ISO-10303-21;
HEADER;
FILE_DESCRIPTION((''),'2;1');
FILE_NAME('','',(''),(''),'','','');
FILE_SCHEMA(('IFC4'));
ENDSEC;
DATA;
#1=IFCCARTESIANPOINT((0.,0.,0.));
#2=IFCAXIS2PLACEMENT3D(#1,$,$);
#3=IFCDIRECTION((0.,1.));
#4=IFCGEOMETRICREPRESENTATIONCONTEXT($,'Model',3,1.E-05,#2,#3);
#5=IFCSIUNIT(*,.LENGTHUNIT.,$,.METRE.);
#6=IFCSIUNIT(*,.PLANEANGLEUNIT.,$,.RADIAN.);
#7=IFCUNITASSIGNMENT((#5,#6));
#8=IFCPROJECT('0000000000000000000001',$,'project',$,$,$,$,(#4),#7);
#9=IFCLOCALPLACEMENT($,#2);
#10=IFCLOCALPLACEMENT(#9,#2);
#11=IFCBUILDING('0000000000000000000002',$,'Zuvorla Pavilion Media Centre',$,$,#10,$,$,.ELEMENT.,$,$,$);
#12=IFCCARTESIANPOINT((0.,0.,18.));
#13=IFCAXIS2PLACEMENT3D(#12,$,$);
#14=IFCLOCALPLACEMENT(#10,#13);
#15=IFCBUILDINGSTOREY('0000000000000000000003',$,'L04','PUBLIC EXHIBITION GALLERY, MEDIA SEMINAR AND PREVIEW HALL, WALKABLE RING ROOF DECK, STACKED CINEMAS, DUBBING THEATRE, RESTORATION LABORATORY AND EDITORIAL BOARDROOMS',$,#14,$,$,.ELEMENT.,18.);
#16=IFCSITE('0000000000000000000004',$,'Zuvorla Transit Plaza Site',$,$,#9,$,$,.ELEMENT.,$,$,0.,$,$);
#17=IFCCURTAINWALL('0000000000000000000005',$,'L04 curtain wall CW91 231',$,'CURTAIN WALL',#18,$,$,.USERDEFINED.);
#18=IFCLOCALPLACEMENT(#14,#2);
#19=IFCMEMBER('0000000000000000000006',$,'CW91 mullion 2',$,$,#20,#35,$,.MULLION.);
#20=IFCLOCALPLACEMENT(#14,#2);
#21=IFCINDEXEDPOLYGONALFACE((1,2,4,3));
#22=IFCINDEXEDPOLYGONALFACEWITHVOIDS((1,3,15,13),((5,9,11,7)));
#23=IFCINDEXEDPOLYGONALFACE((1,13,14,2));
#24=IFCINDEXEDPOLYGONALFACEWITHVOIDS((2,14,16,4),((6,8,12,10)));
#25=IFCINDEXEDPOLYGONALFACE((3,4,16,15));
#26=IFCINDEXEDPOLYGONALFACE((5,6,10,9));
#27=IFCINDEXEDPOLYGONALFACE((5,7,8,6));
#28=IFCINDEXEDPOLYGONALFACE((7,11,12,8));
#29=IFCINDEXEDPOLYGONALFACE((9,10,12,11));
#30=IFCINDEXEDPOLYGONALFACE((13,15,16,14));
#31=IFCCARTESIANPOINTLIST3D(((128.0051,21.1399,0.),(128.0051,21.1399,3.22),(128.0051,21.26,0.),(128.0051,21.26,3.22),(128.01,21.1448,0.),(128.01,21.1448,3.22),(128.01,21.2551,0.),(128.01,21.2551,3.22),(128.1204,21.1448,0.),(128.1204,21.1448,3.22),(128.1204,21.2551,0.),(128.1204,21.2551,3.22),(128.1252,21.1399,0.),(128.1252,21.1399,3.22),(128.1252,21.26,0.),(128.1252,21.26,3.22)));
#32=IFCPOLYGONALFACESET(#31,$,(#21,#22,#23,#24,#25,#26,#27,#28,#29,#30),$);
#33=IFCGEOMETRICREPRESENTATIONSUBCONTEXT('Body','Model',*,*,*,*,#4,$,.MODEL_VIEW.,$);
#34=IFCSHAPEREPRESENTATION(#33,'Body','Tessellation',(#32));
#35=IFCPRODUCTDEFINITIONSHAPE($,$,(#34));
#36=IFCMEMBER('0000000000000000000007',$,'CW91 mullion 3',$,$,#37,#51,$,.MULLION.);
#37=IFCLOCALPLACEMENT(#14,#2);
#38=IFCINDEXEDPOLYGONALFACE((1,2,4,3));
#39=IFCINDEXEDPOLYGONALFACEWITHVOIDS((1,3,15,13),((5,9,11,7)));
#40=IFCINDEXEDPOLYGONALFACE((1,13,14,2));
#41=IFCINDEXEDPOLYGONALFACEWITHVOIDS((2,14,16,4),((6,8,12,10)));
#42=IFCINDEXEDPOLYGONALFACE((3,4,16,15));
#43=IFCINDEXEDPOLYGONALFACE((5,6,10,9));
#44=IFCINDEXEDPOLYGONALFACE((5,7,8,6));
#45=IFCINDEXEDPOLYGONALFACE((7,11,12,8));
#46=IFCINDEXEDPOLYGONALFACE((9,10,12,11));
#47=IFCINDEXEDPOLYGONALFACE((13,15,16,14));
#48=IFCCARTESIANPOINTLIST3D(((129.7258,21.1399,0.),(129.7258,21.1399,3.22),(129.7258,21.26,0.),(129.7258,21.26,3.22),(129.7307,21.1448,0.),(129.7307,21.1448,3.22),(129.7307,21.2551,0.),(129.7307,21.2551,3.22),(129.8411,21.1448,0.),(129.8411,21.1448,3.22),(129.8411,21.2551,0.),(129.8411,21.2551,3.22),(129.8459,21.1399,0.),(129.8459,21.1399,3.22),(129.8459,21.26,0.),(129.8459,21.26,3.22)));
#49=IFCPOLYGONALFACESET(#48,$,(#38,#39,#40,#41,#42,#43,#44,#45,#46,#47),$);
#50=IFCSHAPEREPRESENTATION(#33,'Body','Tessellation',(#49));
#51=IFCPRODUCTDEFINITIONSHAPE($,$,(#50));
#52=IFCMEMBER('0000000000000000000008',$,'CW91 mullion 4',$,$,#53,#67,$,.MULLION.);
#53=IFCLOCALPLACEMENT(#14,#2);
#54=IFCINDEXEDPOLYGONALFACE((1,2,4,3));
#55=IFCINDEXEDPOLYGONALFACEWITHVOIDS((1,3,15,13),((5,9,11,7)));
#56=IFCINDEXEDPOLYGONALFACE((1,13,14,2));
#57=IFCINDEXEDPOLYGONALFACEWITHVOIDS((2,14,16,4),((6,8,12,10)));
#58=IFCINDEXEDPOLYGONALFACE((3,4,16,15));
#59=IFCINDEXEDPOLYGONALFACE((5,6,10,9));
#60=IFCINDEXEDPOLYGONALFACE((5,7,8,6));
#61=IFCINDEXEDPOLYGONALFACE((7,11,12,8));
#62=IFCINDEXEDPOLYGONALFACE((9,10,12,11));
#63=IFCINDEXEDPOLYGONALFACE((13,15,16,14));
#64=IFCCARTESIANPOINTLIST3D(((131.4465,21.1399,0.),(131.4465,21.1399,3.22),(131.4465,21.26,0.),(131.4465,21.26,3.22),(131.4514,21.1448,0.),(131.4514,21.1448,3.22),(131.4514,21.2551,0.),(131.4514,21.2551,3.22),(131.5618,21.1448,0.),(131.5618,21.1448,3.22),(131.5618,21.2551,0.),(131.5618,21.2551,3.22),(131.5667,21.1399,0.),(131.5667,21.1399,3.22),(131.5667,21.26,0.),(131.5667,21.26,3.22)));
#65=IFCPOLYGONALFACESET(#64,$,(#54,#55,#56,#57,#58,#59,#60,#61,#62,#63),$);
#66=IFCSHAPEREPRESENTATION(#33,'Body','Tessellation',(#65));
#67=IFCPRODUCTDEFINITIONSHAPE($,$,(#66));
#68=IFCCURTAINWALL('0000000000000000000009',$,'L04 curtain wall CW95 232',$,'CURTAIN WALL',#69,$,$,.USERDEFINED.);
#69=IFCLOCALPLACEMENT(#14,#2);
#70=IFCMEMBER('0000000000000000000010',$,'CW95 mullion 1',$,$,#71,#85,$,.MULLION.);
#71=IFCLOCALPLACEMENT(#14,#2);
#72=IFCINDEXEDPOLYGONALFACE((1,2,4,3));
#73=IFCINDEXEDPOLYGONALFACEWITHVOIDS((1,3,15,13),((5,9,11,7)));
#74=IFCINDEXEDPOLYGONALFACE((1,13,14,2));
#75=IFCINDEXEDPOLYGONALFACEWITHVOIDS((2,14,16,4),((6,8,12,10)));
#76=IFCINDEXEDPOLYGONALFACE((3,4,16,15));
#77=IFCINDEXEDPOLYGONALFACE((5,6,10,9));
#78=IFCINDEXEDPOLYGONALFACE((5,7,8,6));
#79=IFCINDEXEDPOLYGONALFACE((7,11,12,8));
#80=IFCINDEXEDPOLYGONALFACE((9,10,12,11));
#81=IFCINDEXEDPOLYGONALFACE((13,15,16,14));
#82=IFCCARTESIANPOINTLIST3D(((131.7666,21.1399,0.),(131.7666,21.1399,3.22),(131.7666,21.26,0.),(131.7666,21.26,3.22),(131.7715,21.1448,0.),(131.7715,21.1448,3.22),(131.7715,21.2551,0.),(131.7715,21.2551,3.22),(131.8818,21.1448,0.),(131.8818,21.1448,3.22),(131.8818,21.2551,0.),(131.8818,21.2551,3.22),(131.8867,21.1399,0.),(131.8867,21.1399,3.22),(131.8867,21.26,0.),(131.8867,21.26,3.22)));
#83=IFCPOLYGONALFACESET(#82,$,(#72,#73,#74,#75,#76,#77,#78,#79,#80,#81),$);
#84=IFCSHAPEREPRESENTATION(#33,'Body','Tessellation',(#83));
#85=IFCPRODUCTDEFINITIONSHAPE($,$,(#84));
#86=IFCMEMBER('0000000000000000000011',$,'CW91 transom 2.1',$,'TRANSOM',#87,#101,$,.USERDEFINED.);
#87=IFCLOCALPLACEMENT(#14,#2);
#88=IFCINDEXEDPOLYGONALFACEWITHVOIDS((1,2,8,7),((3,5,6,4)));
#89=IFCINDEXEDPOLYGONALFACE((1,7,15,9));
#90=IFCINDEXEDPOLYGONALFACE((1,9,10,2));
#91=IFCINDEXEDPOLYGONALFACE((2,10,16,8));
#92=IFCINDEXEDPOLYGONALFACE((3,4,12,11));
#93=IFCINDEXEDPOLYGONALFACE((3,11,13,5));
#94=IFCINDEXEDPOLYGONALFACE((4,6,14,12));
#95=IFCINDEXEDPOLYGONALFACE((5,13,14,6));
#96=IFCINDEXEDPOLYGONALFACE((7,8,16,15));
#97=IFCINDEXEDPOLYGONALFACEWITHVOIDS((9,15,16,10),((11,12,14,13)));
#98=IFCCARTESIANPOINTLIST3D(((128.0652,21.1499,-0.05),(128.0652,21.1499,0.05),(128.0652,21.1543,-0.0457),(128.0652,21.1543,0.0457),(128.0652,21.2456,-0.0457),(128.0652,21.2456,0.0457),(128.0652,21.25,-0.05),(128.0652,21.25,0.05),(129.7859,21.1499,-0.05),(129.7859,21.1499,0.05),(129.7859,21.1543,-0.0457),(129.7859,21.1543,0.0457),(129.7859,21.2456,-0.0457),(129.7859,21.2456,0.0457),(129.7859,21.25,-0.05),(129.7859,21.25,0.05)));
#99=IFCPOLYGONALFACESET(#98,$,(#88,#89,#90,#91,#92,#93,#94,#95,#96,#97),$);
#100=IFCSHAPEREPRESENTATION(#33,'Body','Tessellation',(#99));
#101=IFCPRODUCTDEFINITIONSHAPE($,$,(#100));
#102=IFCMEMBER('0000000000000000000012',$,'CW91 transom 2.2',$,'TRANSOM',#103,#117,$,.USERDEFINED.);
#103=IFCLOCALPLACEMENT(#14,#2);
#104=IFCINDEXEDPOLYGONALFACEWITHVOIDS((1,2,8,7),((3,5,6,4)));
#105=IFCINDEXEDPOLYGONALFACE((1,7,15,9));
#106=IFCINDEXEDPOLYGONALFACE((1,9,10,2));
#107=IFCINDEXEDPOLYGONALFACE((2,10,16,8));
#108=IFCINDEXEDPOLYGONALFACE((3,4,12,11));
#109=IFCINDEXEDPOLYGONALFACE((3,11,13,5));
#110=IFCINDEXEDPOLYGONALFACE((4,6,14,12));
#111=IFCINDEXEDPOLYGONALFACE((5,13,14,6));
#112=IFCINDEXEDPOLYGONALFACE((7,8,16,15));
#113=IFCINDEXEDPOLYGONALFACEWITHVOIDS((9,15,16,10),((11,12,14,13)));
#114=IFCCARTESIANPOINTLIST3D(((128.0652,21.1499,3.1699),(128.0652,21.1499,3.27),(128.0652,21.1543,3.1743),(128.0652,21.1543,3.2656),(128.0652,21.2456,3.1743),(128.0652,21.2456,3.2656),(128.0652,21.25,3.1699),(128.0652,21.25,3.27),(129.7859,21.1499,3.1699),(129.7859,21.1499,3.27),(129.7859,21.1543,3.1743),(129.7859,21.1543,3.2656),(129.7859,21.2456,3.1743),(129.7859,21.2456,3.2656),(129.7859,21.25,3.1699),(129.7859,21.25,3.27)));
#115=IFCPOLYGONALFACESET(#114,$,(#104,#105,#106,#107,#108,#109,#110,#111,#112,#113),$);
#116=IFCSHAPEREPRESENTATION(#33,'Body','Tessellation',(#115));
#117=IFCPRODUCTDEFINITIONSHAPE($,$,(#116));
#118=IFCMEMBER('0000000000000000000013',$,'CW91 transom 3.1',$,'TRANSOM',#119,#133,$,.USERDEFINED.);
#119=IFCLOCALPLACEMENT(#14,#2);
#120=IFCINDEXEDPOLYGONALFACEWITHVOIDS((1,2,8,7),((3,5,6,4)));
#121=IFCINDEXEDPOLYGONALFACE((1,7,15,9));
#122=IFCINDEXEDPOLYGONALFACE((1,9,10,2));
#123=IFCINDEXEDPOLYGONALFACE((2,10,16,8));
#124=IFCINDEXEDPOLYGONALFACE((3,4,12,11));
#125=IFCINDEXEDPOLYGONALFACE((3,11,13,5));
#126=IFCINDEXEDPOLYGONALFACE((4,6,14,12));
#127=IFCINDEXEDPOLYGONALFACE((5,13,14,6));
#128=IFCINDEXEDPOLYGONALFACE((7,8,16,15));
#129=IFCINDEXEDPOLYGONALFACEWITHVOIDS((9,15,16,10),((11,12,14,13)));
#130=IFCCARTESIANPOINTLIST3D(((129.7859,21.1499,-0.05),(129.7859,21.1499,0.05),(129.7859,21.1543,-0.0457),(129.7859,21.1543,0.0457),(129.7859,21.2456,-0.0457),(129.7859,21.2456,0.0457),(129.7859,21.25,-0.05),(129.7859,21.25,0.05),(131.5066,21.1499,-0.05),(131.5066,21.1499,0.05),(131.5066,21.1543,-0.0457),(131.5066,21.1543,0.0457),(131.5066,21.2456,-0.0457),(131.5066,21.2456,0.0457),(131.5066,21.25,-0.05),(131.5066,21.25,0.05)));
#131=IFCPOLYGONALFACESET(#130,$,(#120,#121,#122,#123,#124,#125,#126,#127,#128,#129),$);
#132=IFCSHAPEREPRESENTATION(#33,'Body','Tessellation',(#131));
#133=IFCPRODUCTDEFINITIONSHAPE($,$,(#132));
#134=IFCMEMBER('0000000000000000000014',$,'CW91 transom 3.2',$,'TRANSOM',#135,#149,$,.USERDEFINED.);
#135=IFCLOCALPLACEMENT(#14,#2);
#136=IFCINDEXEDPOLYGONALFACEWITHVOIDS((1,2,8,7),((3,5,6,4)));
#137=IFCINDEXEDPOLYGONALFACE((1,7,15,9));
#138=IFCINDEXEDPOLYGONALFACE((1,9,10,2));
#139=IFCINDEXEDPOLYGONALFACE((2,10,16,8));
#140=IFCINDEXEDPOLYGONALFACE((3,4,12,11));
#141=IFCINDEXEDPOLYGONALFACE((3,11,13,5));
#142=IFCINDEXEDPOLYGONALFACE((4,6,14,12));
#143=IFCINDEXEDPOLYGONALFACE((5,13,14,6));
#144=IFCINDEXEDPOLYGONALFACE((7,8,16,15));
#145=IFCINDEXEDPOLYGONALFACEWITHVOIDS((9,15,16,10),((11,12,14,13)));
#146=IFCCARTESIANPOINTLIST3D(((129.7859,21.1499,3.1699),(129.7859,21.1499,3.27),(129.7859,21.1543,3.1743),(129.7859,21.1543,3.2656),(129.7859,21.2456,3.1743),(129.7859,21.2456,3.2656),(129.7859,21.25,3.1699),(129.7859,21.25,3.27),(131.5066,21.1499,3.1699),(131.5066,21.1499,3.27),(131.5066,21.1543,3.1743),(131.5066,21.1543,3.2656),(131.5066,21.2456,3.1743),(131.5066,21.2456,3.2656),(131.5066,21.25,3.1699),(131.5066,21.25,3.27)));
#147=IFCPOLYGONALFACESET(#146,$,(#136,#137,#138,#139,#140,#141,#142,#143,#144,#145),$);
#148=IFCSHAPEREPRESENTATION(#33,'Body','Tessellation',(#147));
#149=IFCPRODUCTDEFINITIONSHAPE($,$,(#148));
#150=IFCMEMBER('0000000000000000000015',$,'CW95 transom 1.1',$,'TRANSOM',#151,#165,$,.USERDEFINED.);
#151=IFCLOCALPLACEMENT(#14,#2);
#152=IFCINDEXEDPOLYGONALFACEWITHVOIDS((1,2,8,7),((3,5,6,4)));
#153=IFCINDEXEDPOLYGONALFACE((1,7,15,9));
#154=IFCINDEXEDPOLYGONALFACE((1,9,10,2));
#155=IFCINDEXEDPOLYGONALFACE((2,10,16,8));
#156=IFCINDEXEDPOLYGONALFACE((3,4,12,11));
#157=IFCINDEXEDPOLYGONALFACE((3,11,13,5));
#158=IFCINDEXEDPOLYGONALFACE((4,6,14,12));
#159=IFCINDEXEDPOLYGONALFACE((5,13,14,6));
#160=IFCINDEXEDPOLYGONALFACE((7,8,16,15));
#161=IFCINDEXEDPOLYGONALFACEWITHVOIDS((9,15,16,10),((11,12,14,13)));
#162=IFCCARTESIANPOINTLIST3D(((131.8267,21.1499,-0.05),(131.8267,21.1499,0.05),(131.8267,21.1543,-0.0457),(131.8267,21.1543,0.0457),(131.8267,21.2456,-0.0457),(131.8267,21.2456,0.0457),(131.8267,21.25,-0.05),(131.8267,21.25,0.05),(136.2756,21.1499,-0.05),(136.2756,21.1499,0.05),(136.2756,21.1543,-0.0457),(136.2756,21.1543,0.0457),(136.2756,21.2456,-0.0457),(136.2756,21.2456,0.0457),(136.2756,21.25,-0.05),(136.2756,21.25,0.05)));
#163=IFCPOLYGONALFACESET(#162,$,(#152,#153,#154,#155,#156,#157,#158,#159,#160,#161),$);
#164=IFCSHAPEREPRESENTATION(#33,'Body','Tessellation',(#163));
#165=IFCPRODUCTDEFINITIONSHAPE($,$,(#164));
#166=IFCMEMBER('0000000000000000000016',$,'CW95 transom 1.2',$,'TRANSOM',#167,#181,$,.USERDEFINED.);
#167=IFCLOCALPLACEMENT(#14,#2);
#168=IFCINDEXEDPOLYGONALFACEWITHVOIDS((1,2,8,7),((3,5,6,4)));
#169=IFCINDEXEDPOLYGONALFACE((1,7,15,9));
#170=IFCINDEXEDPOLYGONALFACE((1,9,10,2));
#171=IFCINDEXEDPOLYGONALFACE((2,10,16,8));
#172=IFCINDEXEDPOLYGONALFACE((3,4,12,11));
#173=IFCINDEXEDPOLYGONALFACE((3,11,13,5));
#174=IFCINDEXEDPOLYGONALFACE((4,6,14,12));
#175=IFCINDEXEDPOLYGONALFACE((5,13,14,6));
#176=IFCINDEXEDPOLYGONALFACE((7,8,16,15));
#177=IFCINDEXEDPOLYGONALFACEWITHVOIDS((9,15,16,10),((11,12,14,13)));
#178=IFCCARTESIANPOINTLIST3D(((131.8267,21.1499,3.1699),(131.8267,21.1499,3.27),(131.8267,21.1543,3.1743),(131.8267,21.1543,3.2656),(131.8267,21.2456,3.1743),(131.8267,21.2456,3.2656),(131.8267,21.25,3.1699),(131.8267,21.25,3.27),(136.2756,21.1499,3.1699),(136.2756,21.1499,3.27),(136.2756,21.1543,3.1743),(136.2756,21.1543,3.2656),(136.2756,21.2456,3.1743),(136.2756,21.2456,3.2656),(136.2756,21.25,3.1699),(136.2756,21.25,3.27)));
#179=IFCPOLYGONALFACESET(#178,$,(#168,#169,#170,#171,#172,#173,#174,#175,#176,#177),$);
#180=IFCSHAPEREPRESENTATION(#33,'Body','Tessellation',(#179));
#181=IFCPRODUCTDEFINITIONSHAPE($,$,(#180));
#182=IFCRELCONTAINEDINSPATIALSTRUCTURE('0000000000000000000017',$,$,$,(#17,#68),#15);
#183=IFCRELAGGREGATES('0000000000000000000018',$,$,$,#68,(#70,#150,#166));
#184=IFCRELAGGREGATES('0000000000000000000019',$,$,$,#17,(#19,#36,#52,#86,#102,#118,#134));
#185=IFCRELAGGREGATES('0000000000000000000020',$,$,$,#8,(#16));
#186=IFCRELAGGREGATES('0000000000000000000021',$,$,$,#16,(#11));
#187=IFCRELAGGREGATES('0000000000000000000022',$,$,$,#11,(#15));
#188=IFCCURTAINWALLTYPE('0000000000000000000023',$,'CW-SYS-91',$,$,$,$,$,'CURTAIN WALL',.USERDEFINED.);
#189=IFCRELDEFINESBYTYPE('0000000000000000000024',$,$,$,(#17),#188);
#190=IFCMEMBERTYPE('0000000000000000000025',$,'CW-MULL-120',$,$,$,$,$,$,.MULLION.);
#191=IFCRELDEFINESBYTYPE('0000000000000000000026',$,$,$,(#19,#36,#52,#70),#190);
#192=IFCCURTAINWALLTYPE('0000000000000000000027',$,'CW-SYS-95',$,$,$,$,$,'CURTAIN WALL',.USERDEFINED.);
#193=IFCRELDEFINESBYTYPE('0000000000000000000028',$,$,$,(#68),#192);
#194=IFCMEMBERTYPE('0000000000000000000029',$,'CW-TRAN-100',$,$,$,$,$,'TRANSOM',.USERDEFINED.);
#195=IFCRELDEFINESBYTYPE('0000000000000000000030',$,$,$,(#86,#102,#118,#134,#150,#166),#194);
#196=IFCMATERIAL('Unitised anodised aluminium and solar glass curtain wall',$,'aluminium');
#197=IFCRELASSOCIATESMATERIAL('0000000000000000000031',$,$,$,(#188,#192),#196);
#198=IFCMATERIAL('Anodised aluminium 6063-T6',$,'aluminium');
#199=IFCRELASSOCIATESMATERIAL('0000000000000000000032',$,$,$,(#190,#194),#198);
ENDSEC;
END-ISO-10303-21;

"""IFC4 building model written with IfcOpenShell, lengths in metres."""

from ifc_helpers import new_model, si_unit, direction, frame, origin, origin_2d, place, context, subcontext, project, spatial, hollow_rectangle, extrude, material, material_profile, profile_set, type_object, element, aggregate, save


model = new_model("IFC4")

# Units and contexts
model_context = context("Model", 3, precision=1e-05, world=origin(), true_north=direction((0.0, 1.0)))
body_context = subcontext(model_context, "Body", "Model", "MODEL_VIEW")
ifc_project = project(units=[si_unit("LENGTHUNIT", "METRE"), si_unit("PLANEANGLEUNIT", "RADIAN")], contexts=[model_context])

# Site, building, storey
site_placement = place(None, origin())
site = spatial("IfcSite", under=ifc_project, at=site_placement, Name="Zuvorla Transit Plaza Site", CompositionType="ELEMENT", RefElevation=0.0)
building_placement = place(site_placement, origin())
building = spatial("IfcBuilding", under=site, at=building_placement, Name="Zuvorla Pavilion Media Centre", CompositionType="ELEMENT")
storey_placement = place(building_placement, frame((0.0, 0.0, 18.0)))
storey = spatial("IfcBuildingStorey", under=building, at=storey_placement, Name="L04", Description="PUBLIC EXHIBITION GALLERY, MEDIA SEMINAR AND PREVIEW HALL, WALKABLE RING ROOF DECK, STACKED CINEMAS, DUBBING THEATRE, RESTORATION LABORATORY AND EDITORIAL BOARDROOMS", CompositionType="ELEMENT", Elevation=18.0)

# Curtain wall, members
ifc_material_1 = material(Name="Unitised anodised aluminium and solar glass curtain wall", Category="aluminium")
curtain_wall_type_1 = type_object("IfcCurtainWallType", Name="CW-SYS-91", ElementType="CURTAIN WALL", PredefinedType="USERDEFINED", material=ifc_material_1)
curtain_wall_1_placement = place(storey_placement, origin())
curtain_wall_1 = element("IfcCurtainWall", 1, at=curtain_wall_1_placement, inside=storey, type_object=curtain_wall_type_1, Name="L04 curtain wall CW91 231", ObjectType="CURTAIN WALL", PredefinedType="USERDEFINED")
ifc_material_2 = material(Name="Anodised aluminium 6063-T6", Category="aluminium")
ifc_material_profile_1 = material_profile(ifc_material_2, hollow_rectangle(XDim=0.1201, YDim=0.1201, WallThickness=0.0049, at=origin_2d()), Name="ALU MULL 120x120")
ifc_profile_set_1 = profile_set([ifc_material_profile_1], Name="Anodised aluminium 6063-T6")
member_type_1 = type_object("IfcMemberType", Name="CW-MULL-120", PredefinedType="MULLION", material=ifc_profile_set_1)
member_1_placement = place(storey_placement, frame((128.0652, 21.2, 0.0), z_axis=(0.0, 0.0, 1.0), x_axis=(1.0, 0.0, 0.0)))
member_1 = element("IfcMember", 2, at=member_1_placement, type_object=member_type_1, Name="CW91 mullion 2", PredefinedType="MULLION", context=body_context, shape_type="SweptSolid", body=[
    extrude(hollow_rectangle(XDim=0.1201, YDim=0.1201, WallThickness=0.0049, at=origin_2d()), origin(), (0.0, 0.0, 1.0), 3.22),
])
member_2_placement = place(storey_placement, frame((129.7859, 21.2, 0.0), z_axis=(0.0, 0.0, 1.0), x_axis=(1.0, 0.0, 0.0)))
member_2 = element("IfcMember", 3, at=member_2_placement, type_object=member_type_1, Name="CW91 mullion 3", PredefinedType="MULLION", context=body_context, shape_type="SweptSolid", body=[
    extrude(hollow_rectangle(XDim=0.1201, YDim=0.1201, WallThickness=0.0049, at=origin_2d()), origin(), (0.0, 0.0, 1.0), 3.22),
])
member_3_placement = place(storey_placement, frame((131.5066, 21.2, 0.0), z_axis=(0.0, 0.0, 1.0), x_axis=(1.0, 0.0, 0.0)))
member_3 = element("IfcMember", 4, at=member_3_placement, type_object=member_type_1, Name="CW91 mullion 4", PredefinedType="MULLION", context=body_context, shape_type="SweptSolid", body=[
    extrude(hollow_rectangle(XDim=0.1201, YDim=0.1201, WallThickness=0.0049, at=origin_2d()), origin(), (0.0, 0.0, 1.0), 3.22),
])

# Curtain wall, member
curtain_wall_type_2 = type_object("IfcCurtainWallType", Name="CW-SYS-95", ElementType="CURTAIN WALL", PredefinedType="USERDEFINED", material=ifc_material_1)
curtain_wall_2_placement = place(storey_placement, origin())
curtain_wall_2 = element("IfcCurtainWall", 5, at=curtain_wall_2_placement, inside=storey, type_object=curtain_wall_type_2, Name="L04 curtain wall CW95 232", ObjectType="CURTAIN WALL", PredefinedType="USERDEFINED")
member_4_placement = place(storey_placement, frame((131.8267, 21.2, 0.0), z_axis=(0.0, 0.0, 1.0), x_axis=(1.0, 0.0, 0.0)))
member_4 = element("IfcMember", 6, at=member_4_placement, type_object=member_type_1, Name="CW95 mullion 1", PredefinedType="MULLION", context=body_context, shape_type="SweptSolid", body=[
    extrude(hollow_rectangle(XDim=0.1201, YDim=0.1201, WallThickness=0.0049, at=origin_2d()), origin(), (0.0, 0.0, 1.0), 3.22),
])

# Members
ifc_material_profile_2 = material_profile(ifc_material_2, hollow_rectangle(XDim=0.1001, YDim=0.1001, WallThickness=0.0044, at=origin_2d()), Name="ALU TRAN 100x100")
ifc_profile_set_2 = profile_set([ifc_material_profile_2], Name="Anodised aluminium 6063-T6")
member_type_2 = type_object("IfcMemberType", Name="CW-TRAN-100", ElementType="TRANSOM", PredefinedType="USERDEFINED", material=ifc_profile_set_2)
member_5_placement = place(storey_placement, frame((128.0652, 21.2, 0.0), z_axis=(1.0, 0.0, 0.0), x_axis=(0.0, 1.0, 0.0)))
member_5 = element("IfcMember", 7, at=member_5_placement, type_object=member_type_2, Name="CW91 transom 2.1", ObjectType="TRANSOM", PredefinedType="USERDEFINED", context=body_context, shape_type="SweptSolid", body=[
    extrude(hollow_rectangle(XDim=0.1001, YDim=0.1001, WallThickness=0.0044, at=origin_2d()), origin(), (0.0, 0.0, 1.0), 1.7207),
])
member_6_placement = place(storey_placement, frame((128.0652, 21.2, 3.22), z_axis=(1.0, 0.0, 0.0), x_axis=(0.0, 1.0, 0.0)))
member_6 = element("IfcMember", 8, at=member_6_placement, type_object=member_type_2, Name="CW91 transom 2.2", ObjectType="TRANSOM", PredefinedType="USERDEFINED", context=body_context, shape_type="SweptSolid", body=[
    extrude(hollow_rectangle(XDim=0.1001, YDim=0.1001, WallThickness=0.0044, at=origin_2d()), origin(), (0.0, 0.0, 1.0), 1.7207),
])
member_7_placement = place(storey_placement, frame((129.7859, 21.2, 0.0), z_axis=(1.0, 0.0, 0.0), x_axis=(0.0, 1.0, 0.0)))
member_7 = element("IfcMember", 9, at=member_7_placement, type_object=member_type_2, Name="CW91 transom 3.1", ObjectType="TRANSOM", PredefinedType="USERDEFINED", context=body_context, shape_type="SweptSolid", body=[
    extrude(hollow_rectangle(XDim=0.1001, YDim=0.1001, WallThickness=0.0044, at=origin_2d()), origin(), (0.0, 0.0, 1.0), 1.7207),
])
member_8_placement = place(storey_placement, frame((129.7859, 21.2, 3.22), z_axis=(1.0, 0.0, 0.0), x_axis=(0.0, 1.0, 0.0)))
member_8 = element("IfcMember", 10, at=member_8_placement, type_object=member_type_2, Name="CW91 transom 3.2", ObjectType="TRANSOM", PredefinedType="USERDEFINED", context=body_context, shape_type="SweptSolid", body=[
    extrude(hollow_rectangle(XDim=0.1001, YDim=0.1001, WallThickness=0.0044, at=origin_2d()), origin(), (0.0, 0.0, 1.0), 1.7207),
])
member_9_placement = place(storey_placement, frame((131.8267, 21.2, 0.0), z_axis=(1.0, 0.0, 0.0), x_axis=(0.0, 1.0, 0.0)))
member_9 = element("IfcMember", 11, at=member_9_placement, type_object=member_type_2, Name="CW95 transom 1.1", ObjectType="TRANSOM", PredefinedType="USERDEFINED", context=body_context, shape_type="SweptSolid", body=[
    extrude(hollow_rectangle(XDim=0.1001, YDim=0.1001, WallThickness=0.0044, at=origin_2d()), origin(), (0.0, 0.0, 1.0), 4.449),
])
member_10_placement = place(storey_placement, frame((131.8267, 21.2, 3.22), z_axis=(1.0, 0.0, 0.0), x_axis=(0.0, 1.0, 0.0)))
member_10 = element("IfcMember", 12, at=member_10_placement, type_object=member_type_2, Name="CW95 transom 1.2", ObjectType="TRANSOM", PredefinedType="USERDEFINED", context=body_context, shape_type="SweptSolid", body=[
    extrude(hollow_rectangle(XDim=0.1001, YDim=0.1001, WallThickness=0.0044, at=origin_2d()), origin(), (0.0, 0.0, 1.0), 4.449),
])
aggregate(curtain_wall_2, [member_4, member_9, member_10])

aggregate(curtain_wall_1, [member_1, member_2, member_3, member_5, member_6, member_7, member_8])

save(model, "model.ifc")
